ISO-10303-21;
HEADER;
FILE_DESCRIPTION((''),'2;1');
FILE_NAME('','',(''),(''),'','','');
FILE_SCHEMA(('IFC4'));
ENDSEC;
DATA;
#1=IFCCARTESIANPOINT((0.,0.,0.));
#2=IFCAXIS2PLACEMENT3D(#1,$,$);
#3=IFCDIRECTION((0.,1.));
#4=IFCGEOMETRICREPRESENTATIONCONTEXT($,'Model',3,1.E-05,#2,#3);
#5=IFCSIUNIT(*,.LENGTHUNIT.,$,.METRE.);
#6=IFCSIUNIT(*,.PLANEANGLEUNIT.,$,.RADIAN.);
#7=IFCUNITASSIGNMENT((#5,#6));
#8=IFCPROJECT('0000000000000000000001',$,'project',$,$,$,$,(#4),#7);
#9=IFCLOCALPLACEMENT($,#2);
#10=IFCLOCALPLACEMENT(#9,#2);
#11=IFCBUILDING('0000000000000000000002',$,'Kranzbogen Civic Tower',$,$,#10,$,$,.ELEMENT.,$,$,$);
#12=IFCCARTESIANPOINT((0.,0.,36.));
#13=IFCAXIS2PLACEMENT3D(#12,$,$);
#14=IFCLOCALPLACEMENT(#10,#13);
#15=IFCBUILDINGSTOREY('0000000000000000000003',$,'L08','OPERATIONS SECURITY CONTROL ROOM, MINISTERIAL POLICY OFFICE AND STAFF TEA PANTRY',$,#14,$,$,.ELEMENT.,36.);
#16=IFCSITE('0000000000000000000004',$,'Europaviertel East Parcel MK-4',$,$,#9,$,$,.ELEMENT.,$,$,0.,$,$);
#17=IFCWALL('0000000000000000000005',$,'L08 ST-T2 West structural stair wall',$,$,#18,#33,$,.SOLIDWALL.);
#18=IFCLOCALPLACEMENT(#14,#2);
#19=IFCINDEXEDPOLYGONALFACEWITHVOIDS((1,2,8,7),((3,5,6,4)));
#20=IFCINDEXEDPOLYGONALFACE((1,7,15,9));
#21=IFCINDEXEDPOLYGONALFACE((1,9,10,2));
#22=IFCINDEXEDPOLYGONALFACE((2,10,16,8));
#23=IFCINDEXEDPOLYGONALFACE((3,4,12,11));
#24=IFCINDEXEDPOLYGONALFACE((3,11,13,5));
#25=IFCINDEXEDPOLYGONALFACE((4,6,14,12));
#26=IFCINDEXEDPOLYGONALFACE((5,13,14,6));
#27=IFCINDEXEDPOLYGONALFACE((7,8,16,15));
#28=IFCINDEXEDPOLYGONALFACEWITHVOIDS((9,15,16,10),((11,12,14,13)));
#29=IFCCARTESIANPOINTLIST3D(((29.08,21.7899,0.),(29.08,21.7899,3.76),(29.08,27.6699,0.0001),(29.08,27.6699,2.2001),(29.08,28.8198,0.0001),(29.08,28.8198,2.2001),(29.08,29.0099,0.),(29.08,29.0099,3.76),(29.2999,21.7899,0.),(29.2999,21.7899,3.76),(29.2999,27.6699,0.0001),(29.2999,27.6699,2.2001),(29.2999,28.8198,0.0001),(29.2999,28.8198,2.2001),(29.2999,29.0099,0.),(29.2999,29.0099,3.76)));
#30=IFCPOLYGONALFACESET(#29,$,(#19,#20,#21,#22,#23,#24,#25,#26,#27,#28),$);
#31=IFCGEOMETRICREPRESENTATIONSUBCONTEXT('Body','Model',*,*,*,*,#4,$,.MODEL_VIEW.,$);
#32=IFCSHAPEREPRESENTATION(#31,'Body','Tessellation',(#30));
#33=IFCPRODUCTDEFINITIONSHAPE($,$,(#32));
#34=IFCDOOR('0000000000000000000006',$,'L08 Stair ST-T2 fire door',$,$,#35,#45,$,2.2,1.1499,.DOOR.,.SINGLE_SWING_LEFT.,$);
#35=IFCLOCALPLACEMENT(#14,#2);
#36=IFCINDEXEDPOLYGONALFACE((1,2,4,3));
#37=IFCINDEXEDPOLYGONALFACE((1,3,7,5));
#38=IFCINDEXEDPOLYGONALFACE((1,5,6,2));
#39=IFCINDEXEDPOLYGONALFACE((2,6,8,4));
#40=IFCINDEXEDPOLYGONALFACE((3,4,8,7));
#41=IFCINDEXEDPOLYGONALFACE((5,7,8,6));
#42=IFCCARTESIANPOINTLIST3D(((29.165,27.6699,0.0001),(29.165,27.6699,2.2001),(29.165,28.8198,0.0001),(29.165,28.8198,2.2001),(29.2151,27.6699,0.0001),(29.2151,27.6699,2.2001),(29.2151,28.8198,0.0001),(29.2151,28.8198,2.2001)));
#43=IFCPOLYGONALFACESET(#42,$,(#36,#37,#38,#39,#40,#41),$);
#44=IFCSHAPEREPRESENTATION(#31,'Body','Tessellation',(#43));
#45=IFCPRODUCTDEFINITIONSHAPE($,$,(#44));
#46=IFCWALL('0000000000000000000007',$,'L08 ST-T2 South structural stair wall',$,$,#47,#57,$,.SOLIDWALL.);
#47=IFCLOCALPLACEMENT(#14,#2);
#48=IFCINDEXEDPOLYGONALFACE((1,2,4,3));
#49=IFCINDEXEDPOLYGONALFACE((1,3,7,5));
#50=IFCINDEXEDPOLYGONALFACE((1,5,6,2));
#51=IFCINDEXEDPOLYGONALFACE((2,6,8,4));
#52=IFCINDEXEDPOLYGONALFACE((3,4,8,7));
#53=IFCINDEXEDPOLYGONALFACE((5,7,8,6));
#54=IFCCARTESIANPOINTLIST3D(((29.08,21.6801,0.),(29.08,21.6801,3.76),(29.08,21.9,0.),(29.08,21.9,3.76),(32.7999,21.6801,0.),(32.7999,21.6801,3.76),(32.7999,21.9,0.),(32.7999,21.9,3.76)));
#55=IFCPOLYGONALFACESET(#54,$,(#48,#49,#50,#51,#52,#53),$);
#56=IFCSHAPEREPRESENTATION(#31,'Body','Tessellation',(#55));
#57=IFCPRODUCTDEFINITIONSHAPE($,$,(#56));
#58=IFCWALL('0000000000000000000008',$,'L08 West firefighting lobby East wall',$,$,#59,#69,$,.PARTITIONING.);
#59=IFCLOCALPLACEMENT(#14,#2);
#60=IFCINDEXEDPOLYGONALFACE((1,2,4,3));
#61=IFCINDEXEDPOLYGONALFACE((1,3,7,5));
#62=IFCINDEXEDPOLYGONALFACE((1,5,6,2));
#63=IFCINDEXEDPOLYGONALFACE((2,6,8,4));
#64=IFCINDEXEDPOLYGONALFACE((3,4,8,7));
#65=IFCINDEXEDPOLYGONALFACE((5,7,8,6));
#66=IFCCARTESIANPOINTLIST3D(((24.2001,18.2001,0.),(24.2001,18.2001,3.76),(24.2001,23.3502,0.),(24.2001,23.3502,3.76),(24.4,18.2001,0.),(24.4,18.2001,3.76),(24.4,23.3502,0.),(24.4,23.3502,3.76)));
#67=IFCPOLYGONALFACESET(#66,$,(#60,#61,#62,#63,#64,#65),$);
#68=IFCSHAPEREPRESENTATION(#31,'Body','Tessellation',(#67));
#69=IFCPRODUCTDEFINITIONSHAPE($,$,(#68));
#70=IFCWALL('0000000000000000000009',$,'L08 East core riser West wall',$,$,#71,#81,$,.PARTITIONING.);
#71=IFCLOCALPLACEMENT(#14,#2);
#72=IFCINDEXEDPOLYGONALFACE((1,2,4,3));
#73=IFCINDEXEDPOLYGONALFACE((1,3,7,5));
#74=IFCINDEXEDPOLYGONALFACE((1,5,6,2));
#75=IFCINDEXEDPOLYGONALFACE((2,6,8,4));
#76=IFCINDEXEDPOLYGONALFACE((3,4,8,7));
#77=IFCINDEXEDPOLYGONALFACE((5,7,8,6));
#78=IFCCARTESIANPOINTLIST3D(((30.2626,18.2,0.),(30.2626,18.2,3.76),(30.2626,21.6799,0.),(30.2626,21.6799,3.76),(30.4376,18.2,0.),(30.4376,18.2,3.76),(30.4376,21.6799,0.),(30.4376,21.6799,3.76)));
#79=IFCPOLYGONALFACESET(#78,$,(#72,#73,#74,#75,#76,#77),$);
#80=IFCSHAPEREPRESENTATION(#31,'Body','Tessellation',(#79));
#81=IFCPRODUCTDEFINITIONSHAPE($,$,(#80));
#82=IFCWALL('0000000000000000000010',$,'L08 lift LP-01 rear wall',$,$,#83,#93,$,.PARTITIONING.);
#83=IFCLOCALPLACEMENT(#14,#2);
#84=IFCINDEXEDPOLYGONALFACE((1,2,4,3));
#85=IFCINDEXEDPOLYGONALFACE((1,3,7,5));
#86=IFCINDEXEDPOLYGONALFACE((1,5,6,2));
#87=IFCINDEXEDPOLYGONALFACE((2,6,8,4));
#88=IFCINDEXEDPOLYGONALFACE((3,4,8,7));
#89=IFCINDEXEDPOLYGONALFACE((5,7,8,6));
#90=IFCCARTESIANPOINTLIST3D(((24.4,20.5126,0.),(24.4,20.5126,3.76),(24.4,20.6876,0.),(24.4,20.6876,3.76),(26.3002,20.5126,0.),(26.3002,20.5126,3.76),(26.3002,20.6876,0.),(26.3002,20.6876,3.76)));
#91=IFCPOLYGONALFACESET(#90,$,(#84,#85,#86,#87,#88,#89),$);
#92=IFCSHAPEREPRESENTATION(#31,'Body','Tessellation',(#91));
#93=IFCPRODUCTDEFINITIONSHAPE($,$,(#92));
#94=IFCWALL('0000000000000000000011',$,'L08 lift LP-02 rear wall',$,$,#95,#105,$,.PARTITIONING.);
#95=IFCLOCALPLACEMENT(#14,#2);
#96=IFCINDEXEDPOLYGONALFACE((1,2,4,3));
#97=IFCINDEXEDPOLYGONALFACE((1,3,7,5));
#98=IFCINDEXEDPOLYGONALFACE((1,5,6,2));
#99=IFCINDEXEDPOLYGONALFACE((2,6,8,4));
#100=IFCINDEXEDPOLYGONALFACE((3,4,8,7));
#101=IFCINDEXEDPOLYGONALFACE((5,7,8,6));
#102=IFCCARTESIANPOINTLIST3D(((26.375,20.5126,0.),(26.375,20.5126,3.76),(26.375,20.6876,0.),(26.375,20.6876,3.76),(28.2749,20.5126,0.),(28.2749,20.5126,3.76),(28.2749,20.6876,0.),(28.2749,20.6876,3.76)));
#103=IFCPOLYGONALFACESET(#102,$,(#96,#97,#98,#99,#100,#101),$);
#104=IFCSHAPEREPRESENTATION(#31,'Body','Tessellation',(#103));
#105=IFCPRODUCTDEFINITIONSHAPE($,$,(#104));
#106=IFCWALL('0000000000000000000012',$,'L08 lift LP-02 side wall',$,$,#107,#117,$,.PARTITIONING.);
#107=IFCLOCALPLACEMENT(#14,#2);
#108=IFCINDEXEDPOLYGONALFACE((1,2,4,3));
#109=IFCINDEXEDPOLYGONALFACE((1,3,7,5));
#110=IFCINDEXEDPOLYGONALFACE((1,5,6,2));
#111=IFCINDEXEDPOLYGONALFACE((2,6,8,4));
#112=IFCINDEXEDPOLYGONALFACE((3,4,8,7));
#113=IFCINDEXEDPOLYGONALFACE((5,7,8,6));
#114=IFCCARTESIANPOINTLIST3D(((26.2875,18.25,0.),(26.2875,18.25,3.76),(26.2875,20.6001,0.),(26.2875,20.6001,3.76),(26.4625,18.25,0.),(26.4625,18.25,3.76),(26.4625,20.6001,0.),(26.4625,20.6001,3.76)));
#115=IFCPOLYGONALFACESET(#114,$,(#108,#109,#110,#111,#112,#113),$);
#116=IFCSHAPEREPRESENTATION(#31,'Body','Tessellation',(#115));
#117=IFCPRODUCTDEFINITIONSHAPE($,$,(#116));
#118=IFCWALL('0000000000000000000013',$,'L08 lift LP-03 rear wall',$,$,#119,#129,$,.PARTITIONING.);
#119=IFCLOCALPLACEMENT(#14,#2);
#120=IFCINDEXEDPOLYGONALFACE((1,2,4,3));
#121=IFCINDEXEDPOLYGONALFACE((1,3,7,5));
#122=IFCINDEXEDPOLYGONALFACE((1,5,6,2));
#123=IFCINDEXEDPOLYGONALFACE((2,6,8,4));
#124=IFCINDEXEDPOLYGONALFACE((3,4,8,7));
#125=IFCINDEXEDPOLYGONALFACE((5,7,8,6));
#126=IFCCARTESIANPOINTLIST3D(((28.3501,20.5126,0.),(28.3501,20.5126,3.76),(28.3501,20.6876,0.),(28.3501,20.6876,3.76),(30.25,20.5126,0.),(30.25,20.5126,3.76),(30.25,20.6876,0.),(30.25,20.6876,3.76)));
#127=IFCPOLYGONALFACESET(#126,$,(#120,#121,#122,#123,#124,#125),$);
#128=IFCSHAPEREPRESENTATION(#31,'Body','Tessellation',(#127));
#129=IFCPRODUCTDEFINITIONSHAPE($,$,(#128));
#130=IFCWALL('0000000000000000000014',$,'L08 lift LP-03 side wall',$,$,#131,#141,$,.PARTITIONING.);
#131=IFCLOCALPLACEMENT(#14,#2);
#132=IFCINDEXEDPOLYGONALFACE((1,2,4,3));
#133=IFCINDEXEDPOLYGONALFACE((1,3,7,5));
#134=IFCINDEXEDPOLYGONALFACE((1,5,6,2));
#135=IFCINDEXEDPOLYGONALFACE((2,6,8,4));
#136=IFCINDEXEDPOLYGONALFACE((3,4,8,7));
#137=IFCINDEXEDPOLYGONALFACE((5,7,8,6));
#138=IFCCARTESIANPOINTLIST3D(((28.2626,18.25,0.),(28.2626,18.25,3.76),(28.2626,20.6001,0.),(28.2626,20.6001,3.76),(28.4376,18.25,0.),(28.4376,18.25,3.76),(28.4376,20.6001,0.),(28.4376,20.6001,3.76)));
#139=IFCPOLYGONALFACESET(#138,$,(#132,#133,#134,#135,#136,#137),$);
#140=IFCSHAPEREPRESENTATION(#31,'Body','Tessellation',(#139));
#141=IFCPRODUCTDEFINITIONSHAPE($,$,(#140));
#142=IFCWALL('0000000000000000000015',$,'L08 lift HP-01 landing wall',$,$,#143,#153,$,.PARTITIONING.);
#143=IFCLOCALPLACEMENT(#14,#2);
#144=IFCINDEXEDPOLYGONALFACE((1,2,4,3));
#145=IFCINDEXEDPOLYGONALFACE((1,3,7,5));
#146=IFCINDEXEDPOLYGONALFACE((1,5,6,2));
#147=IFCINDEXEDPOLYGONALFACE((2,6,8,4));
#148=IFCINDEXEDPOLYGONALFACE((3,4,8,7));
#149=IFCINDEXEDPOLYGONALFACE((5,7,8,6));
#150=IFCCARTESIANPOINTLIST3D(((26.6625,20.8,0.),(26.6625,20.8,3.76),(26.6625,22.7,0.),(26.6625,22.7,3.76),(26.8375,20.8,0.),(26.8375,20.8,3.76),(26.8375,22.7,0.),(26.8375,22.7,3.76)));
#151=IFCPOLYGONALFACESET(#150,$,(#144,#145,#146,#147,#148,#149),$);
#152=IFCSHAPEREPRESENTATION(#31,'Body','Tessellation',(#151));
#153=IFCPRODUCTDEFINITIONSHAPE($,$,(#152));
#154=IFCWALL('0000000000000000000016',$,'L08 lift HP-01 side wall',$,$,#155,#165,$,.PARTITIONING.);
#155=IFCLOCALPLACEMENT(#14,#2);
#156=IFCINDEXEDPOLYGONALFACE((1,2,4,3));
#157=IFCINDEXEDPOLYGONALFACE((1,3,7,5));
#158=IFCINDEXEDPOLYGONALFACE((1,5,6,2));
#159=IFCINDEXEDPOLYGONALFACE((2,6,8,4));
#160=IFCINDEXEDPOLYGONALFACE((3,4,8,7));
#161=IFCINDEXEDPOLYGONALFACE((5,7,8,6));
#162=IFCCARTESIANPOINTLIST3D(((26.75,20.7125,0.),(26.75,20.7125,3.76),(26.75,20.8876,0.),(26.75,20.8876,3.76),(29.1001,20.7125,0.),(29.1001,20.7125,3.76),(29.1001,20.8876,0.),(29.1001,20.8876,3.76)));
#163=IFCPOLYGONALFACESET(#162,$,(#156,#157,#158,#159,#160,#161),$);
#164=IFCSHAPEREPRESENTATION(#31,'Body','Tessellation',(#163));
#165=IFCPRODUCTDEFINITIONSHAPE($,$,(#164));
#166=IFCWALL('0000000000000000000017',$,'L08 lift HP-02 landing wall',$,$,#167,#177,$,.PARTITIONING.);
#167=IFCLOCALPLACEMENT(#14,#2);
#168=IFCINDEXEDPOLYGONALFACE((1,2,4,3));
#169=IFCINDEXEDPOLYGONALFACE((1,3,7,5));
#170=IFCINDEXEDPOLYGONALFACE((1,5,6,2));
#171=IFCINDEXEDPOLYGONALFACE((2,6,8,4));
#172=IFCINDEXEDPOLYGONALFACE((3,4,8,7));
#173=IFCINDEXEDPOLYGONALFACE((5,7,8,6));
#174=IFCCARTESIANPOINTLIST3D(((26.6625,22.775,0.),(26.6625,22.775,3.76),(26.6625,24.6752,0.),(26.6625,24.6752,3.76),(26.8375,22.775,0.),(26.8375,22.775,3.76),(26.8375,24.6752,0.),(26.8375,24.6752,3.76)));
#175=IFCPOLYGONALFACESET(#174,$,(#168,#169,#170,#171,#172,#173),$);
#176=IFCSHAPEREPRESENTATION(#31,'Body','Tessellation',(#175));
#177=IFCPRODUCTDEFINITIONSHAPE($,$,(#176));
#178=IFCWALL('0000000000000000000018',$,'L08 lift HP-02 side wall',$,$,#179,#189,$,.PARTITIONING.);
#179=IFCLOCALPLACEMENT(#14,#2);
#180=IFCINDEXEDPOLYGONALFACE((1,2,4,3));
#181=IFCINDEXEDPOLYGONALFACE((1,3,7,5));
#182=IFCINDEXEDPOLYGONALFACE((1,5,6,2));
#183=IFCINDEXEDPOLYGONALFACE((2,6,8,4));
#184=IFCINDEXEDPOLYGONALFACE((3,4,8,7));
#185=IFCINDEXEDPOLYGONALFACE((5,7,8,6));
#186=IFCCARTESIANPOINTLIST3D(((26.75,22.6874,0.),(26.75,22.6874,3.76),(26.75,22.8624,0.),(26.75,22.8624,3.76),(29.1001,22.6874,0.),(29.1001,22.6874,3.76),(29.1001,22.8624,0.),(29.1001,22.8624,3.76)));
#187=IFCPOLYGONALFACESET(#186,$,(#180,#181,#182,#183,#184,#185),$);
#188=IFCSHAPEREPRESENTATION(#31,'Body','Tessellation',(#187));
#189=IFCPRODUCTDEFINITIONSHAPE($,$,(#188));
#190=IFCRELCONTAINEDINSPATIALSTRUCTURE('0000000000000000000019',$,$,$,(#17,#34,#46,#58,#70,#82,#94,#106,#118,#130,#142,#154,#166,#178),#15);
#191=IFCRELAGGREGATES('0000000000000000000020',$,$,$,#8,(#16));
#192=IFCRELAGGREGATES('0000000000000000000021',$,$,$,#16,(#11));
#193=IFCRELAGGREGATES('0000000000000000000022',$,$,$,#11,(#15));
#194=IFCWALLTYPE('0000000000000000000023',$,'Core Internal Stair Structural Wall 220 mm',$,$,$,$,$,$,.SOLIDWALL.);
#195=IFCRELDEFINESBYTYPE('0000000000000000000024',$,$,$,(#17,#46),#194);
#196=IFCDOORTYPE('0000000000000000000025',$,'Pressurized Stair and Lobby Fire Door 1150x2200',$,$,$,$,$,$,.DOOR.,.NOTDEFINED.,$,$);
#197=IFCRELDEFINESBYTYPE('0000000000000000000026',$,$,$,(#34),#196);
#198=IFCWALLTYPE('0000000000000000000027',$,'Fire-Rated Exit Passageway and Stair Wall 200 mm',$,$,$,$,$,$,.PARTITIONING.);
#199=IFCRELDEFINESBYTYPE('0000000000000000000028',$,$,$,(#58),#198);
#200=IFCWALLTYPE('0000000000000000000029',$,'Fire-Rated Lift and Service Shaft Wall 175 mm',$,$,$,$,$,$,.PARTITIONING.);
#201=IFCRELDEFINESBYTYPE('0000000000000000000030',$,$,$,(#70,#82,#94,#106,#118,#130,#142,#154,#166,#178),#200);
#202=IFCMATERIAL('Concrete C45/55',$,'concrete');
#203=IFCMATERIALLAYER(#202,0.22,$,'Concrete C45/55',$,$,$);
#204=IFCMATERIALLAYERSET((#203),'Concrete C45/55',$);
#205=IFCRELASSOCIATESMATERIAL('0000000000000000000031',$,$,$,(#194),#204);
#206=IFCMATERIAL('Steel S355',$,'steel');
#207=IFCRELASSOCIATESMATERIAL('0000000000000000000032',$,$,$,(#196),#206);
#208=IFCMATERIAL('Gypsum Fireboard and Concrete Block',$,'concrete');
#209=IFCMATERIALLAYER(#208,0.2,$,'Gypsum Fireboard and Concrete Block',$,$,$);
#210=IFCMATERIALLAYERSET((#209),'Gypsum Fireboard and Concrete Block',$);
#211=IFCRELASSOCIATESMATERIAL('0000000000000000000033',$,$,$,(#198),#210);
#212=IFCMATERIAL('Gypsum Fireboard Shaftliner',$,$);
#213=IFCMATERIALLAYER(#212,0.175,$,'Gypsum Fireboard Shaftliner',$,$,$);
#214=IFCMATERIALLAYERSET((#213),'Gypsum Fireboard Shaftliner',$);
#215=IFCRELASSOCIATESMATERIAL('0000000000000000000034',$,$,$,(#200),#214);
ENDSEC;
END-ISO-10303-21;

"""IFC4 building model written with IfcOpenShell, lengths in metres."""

from ifc_helpers import new_model, si_unit, direction, frame, frame_2d, origin, place, context, subcontext, project, spatial, rectangle, extrude, material, layer, layer_set, type_object, element, fill, save


model = new_model("IFC4")

# Units and contexts
model_context = context("Model", 3, precision=1e-05, world=origin(), true_north=direction((0.0, 1.0)))
body_context = subcontext(model_context, "Body", "Model", "MODEL_VIEW")
ifc_project = project(units=[si_unit("LENGTHUNIT", "METRE"), si_unit("PLANEANGLEUNIT", "RADIAN")], contexts=[model_context])

# Site, building, storey
site_placement = place(None, origin())
site = spatial("IfcSite", under=ifc_project, at=site_placement, Name="Europaviertel East Parcel MK-4", CompositionType="ELEMENT", RefElevation=0.0)
building_placement = place(site_placement, origin())
building = spatial("IfcBuilding", under=site, at=building_placement, Name="Kranzbogen Civic Tower", CompositionType="ELEMENT")
storey_placement = place(building_placement, frame((0.0, 0.0, 36.0)))
storey = spatial("IfcBuildingStorey", under=building, at=storey_placement, Name="L08", Description="OPERATIONS SECURITY CONTROL ROOM, MINISTERIAL POLICY OFFICE AND STAFF TEA PANTRY", CompositionType="ELEMENT", Elevation=36.0)

# Shared definitions
ifc_material_1 = material(Name="Steel S355", Category="steel")

# Wall, opening, door
ifc_material_2 = material(Name="Concrete C45/55", Category="concrete")
ifc_layer_1 = layer(ifc_material_2, 0.22, Name="Concrete C45/55")
ifc_layer_set_1 = layer_set([ifc_layer_1], Name="Concrete C45/55")
wall_type_1 = type_object("IfcWallType", Name="Core Internal Stair Structural Wall 220 mm", PredefinedType="SOLIDWALL", material=ifc_layer_set_1)
wall_1_placement = place(storey_placement, frame((29.1899, 21.79, 0.0), z_axis=(0.0, 0.0, 1.0), x_axis=(0.0, 1.0, 0.0)))
wall_1 = element("IfcWall", 1, at=wall_1_placement, inside=storey, type_object=wall_type_1, Name="L08 ST-T2 West structural stair wall", PredefinedType="SOLIDWALL", context=body_context, shape_type="SweptSolid", body=[
    extrude(rectangle(XDim=7.22, YDim=0.22, at=frame_2d((3.6099, 0.0))), origin(), (0.0, 0.0, 1.0), 3.76),
])
opening_1_placement = place(wall_1_placement, frame((5.8799, 0.0, 0.0)))
opening_1 = element("IfcOpeningElement", 2, at=opening_1_placement, cuts=wall_1, PredefinedType="OPENING", context=body_context, shape_type="SweptSolid", body=[
    extrude(rectangle(XDim=1.1499, YDim=2.2, at=frame_2d((0.575, 1.1001))), frame((0.0, 0.1201, 0.0), z_axis=(0.0, -1.0, 0.0), x_axis=(1.0, 0.0, 0.0)), (0.0, 0.0, 1.0), 0.24),
])
door_type_1 = type_object("IfcDoorType", Name="Pressurized Stair and Lobby Fire Door 1150x2200", OperationType="NOTDEFINED", PredefinedType="DOOR", material=ifc_material_1)
door_1_placement = place(opening_1_placement, origin())
door_1 = element("IfcDoor", 3, at=door_1_placement, inside=storey, type_object=door_type_1, Name="L08 Stair ST-T2 fire door", OperationType="SINGLE_SWING_LEFT", OverallHeight=2.2, OverallWidth=1.1499, PredefinedType="DOOR", context=body_context, shape_type="SweptSolid", body=[
    extrude(rectangle(XDim=1.1499, YDim=2.2, at=frame_2d((0.575, 1.1001))), frame((0.0, 0.0249, 0.0), z_axis=(0.0, -1.0, 0.0), x_axis=(1.0, 0.0, 0.0)), (0.0, 0.0, 1.0), 0.05),
])
fill(opening_1, door_1)

# Walls
wall_2_placement = place(storey_placement, frame((29.0801, 21.79, 0.0), z_axis=(0.0, 0.0, 1.0), x_axis=(1.0, 0.0, 0.0)))
element("IfcWall", 4, at=wall_2_placement, inside=storey, type_object=wall_type_1, Name="L08 ST-T2 South structural stair wall", PredefinedType="SOLIDWALL", context=body_context, shape_type="SweptSolid", body=[
    extrude(rectangle(XDim=3.72, YDim=0.22, at=frame_2d((1.8599, 0.0))), origin(), (0.0, 0.0, 1.0), 3.76),
])
ifc_material_3 = material(Name="Gypsum Fireboard and Concrete Block", Category="concrete")
ifc_layer_2 = layer(ifc_material_3, 0.2, Name="Gypsum Fireboard and Concrete Block")
ifc_layer_set_2 = layer_set([ifc_layer_2], Name="Gypsum Fireboard and Concrete Block")
wall_type_2 = type_object("IfcWallType", Name="Fire-Rated Exit Passageway and Stair Wall 200 mm", PredefinedType="PARTITIONING", material=ifc_layer_set_2)
wall_3_placement = place(storey_placement, frame((24.3, 18.2, 0.0), z_axis=(0.0, 0.0, 1.0), x_axis=(0.0, 1.0, 0.0)))
element("IfcWall", 5, at=wall_3_placement, inside=storey, type_object=wall_type_2, Name="L08 West firefighting lobby East wall", PredefinedType="PARTITIONING", context=body_context, shape_type="SweptSolid", body=[
    extrude(rectangle(XDim=5.1501, YDim=0.2, at=frame_2d((2.5752, 0.0))), origin(), (0.0, 0.0, 1.0), 3.76),
])
ifc_material_4 = material(Name="Gypsum Fireboard Shaftliner")
ifc_layer_3 = layer(ifc_material_4, 0.175, Name="Gypsum Fireboard Shaftliner")
ifc_layer_set_3 = layer_set([ifc_layer_3], Name="Gypsum Fireboard Shaftliner")
wall_type_3 = type_object("IfcWallType", Name="Fire-Rated Lift and Service Shaft Wall 175 mm", PredefinedType="PARTITIONING", material=ifc_layer_set_3)
wall_4_placement = place(storey_placement, frame((30.3501, 18.2, 0.0), z_axis=(0.0, 0.0, 1.0), x_axis=(0.0, 1.0, 0.0)))
element("IfcWall", 6, at=wall_4_placement, inside=storey, type_object=wall_type_3, Name="L08 East core riser West wall", PredefinedType="PARTITIONING", context=body_context, shape_type="SweptSolid", body=[
    extrude(rectangle(XDim=3.48, YDim=0.175, at=frame_2d((1.74, 0.0))), origin(), (0.0, 0.0, 1.0), 3.76),
])
wall_5_placement = place(storey_placement, frame((24.3999, 20.6001, 0.0), z_axis=(0.0, 0.0, 1.0), x_axis=(1.0, 0.0, 0.0)))
element("IfcWall", 7, at=wall_5_placement, inside=storey, type_object=wall_type_3, Name="L08 lift LP-01 rear wall", PredefinedType="PARTITIONING", context=body_context, shape_type="SweptSolid", body=[
    extrude(rectangle(XDim=1.9001, YDim=0.175, at=frame_2d((0.9502, 0.0))), origin(), (0.0, 0.0, 1.0), 3.76),
])
wall_6_placement = place(storey_placement, frame((26.375, 20.6001, 0.0), z_axis=(0.0, 0.0, 1.0), x_axis=(1.0, 0.0, 0.0)))
element("IfcWall", 8, at=wall_6_placement, inside=storey, type_object=wall_type_3, Name="L08 lift LP-02 rear wall", PredefinedType="PARTITIONING", context=body_context, shape_type="SweptSolid", body=[
    extrude(rectangle(XDim=1.8999, YDim=0.175, at=frame_2d((0.95, 0.0))), origin(), (0.0, 0.0, 1.0), 3.76),
])
wall_7_placement = place(storey_placement, frame((26.375, 18.25, 0.0), z_axis=(0.0, 0.0, 1.0), x_axis=(0.0, 1.0, 0.0)))
element("IfcWall", 9, at=wall_7_placement, inside=storey, type_object=wall_type_3, Name="L08 lift LP-02 side wall", PredefinedType="PARTITIONING", context=body_context, shape_type="SweptSolid", body=[
    extrude(rectangle(XDim=2.3501, YDim=0.175, at=frame_2d((1.175, 0.0))), origin(), (0.0, 0.0, 1.0), 3.76),
])
wall_8_placement = place(storey_placement, frame((28.3501, 20.6001, 0.0), z_axis=(0.0, 0.0, 1.0), x_axis=(1.0, 0.0, 0.0)))
element("IfcWall", 10, at=wall_8_placement, inside=storey, type_object=wall_type_3, Name="L08 lift LP-03 rear wall", PredefinedType="PARTITIONING", context=body_context, shape_type="SweptSolid", body=[
    extrude(rectangle(XDim=1.8999, YDim=0.175, at=frame_2d((0.95, 0.0))), origin(), (0.0, 0.0, 1.0), 3.76),
])
wall_9_placement = place(storey_placement, frame((28.3501, 18.25, 0.0), z_axis=(0.0, 0.0, 1.0), x_axis=(0.0, 1.0, 0.0)))
element("IfcWall", 11, at=wall_9_placement, inside=storey, type_object=wall_type_3, Name="L08 lift LP-03 side wall", PredefinedType="PARTITIONING", context=body_context, shape_type="SweptSolid", body=[
    extrude(rectangle(XDim=2.3501, YDim=0.175, at=frame_2d((1.175, 0.0))), origin(), (0.0, 0.0, 1.0), 3.76),
])
wall_10_placement = place(storey_placement, frame((26.75, 20.8, 0.0), z_axis=(0.0, 0.0, 1.0), x_axis=(0.0, 1.0, 0.0)))
element("IfcWall", 12, at=wall_10_placement, inside=storey, type_object=wall_type_3, Name="L08 lift HP-01 landing wall", PredefinedType="PARTITIONING", context=body_context, shape_type="SweptSolid", body=[
    extrude(rectangle(XDim=1.8999, YDim=0.175, at=frame_2d((0.95, 0.0))), origin(), (0.0, 0.0, 1.0), 3.76),
])
wall_11_placement = place(storey_placement, frame((26.75, 20.8, 0.0), z_axis=(0.0, 0.0, 1.0), x_axis=(1.0, 0.0, 0.0)))
element("IfcWall", 13, at=wall_11_placement, inside=storey, type_object=wall_type_3, Name="L08 lift HP-01 side wall", PredefinedType="PARTITIONING", context=body_context, shape_type="SweptSolid", body=[
    extrude(rectangle(XDim=2.3501, YDim=0.175, at=frame_2d((1.175, 0.0))), origin(), (0.0, 0.0, 1.0), 3.76),
])
wall_12_placement = place(storey_placement, frame((26.75, 22.7749, 0.0), z_axis=(0.0, 0.0, 1.0), x_axis=(0.0, 1.0, 0.0)))
element("IfcWall", 14, at=wall_12_placement, inside=storey, type_object=wall_type_3, Name="L08 lift HP-02 landing wall", PredefinedType="PARTITIONING", context=body_context, shape_type="SweptSolid", body=[
    extrude(rectangle(XDim=1.9001, YDim=0.175, at=frame_2d((0.9502, 0.0))), origin(), (0.0, 0.0, 1.0), 3.76),
])
wall_13_placement = place(storey_placement, frame((26.75, 22.7749, 0.0), z_axis=(0.0, 0.0, 1.0), x_axis=(1.0, 0.0, 0.0)))
element("IfcWall", 15, at=wall_13_placement, inside=storey, type_object=wall_type_3, Name="L08 lift HP-02 side wall", PredefinedType="PARTITIONING", context=body_context, shape_type="SweptSolid", body=[
    extrude(rectangle(XDim=2.3501, YDim=0.175, at=frame_2d((1.175, 0.0))), origin(), (0.0, 0.0, 1.0), 3.76),
])

save(model, "model.ifc")
